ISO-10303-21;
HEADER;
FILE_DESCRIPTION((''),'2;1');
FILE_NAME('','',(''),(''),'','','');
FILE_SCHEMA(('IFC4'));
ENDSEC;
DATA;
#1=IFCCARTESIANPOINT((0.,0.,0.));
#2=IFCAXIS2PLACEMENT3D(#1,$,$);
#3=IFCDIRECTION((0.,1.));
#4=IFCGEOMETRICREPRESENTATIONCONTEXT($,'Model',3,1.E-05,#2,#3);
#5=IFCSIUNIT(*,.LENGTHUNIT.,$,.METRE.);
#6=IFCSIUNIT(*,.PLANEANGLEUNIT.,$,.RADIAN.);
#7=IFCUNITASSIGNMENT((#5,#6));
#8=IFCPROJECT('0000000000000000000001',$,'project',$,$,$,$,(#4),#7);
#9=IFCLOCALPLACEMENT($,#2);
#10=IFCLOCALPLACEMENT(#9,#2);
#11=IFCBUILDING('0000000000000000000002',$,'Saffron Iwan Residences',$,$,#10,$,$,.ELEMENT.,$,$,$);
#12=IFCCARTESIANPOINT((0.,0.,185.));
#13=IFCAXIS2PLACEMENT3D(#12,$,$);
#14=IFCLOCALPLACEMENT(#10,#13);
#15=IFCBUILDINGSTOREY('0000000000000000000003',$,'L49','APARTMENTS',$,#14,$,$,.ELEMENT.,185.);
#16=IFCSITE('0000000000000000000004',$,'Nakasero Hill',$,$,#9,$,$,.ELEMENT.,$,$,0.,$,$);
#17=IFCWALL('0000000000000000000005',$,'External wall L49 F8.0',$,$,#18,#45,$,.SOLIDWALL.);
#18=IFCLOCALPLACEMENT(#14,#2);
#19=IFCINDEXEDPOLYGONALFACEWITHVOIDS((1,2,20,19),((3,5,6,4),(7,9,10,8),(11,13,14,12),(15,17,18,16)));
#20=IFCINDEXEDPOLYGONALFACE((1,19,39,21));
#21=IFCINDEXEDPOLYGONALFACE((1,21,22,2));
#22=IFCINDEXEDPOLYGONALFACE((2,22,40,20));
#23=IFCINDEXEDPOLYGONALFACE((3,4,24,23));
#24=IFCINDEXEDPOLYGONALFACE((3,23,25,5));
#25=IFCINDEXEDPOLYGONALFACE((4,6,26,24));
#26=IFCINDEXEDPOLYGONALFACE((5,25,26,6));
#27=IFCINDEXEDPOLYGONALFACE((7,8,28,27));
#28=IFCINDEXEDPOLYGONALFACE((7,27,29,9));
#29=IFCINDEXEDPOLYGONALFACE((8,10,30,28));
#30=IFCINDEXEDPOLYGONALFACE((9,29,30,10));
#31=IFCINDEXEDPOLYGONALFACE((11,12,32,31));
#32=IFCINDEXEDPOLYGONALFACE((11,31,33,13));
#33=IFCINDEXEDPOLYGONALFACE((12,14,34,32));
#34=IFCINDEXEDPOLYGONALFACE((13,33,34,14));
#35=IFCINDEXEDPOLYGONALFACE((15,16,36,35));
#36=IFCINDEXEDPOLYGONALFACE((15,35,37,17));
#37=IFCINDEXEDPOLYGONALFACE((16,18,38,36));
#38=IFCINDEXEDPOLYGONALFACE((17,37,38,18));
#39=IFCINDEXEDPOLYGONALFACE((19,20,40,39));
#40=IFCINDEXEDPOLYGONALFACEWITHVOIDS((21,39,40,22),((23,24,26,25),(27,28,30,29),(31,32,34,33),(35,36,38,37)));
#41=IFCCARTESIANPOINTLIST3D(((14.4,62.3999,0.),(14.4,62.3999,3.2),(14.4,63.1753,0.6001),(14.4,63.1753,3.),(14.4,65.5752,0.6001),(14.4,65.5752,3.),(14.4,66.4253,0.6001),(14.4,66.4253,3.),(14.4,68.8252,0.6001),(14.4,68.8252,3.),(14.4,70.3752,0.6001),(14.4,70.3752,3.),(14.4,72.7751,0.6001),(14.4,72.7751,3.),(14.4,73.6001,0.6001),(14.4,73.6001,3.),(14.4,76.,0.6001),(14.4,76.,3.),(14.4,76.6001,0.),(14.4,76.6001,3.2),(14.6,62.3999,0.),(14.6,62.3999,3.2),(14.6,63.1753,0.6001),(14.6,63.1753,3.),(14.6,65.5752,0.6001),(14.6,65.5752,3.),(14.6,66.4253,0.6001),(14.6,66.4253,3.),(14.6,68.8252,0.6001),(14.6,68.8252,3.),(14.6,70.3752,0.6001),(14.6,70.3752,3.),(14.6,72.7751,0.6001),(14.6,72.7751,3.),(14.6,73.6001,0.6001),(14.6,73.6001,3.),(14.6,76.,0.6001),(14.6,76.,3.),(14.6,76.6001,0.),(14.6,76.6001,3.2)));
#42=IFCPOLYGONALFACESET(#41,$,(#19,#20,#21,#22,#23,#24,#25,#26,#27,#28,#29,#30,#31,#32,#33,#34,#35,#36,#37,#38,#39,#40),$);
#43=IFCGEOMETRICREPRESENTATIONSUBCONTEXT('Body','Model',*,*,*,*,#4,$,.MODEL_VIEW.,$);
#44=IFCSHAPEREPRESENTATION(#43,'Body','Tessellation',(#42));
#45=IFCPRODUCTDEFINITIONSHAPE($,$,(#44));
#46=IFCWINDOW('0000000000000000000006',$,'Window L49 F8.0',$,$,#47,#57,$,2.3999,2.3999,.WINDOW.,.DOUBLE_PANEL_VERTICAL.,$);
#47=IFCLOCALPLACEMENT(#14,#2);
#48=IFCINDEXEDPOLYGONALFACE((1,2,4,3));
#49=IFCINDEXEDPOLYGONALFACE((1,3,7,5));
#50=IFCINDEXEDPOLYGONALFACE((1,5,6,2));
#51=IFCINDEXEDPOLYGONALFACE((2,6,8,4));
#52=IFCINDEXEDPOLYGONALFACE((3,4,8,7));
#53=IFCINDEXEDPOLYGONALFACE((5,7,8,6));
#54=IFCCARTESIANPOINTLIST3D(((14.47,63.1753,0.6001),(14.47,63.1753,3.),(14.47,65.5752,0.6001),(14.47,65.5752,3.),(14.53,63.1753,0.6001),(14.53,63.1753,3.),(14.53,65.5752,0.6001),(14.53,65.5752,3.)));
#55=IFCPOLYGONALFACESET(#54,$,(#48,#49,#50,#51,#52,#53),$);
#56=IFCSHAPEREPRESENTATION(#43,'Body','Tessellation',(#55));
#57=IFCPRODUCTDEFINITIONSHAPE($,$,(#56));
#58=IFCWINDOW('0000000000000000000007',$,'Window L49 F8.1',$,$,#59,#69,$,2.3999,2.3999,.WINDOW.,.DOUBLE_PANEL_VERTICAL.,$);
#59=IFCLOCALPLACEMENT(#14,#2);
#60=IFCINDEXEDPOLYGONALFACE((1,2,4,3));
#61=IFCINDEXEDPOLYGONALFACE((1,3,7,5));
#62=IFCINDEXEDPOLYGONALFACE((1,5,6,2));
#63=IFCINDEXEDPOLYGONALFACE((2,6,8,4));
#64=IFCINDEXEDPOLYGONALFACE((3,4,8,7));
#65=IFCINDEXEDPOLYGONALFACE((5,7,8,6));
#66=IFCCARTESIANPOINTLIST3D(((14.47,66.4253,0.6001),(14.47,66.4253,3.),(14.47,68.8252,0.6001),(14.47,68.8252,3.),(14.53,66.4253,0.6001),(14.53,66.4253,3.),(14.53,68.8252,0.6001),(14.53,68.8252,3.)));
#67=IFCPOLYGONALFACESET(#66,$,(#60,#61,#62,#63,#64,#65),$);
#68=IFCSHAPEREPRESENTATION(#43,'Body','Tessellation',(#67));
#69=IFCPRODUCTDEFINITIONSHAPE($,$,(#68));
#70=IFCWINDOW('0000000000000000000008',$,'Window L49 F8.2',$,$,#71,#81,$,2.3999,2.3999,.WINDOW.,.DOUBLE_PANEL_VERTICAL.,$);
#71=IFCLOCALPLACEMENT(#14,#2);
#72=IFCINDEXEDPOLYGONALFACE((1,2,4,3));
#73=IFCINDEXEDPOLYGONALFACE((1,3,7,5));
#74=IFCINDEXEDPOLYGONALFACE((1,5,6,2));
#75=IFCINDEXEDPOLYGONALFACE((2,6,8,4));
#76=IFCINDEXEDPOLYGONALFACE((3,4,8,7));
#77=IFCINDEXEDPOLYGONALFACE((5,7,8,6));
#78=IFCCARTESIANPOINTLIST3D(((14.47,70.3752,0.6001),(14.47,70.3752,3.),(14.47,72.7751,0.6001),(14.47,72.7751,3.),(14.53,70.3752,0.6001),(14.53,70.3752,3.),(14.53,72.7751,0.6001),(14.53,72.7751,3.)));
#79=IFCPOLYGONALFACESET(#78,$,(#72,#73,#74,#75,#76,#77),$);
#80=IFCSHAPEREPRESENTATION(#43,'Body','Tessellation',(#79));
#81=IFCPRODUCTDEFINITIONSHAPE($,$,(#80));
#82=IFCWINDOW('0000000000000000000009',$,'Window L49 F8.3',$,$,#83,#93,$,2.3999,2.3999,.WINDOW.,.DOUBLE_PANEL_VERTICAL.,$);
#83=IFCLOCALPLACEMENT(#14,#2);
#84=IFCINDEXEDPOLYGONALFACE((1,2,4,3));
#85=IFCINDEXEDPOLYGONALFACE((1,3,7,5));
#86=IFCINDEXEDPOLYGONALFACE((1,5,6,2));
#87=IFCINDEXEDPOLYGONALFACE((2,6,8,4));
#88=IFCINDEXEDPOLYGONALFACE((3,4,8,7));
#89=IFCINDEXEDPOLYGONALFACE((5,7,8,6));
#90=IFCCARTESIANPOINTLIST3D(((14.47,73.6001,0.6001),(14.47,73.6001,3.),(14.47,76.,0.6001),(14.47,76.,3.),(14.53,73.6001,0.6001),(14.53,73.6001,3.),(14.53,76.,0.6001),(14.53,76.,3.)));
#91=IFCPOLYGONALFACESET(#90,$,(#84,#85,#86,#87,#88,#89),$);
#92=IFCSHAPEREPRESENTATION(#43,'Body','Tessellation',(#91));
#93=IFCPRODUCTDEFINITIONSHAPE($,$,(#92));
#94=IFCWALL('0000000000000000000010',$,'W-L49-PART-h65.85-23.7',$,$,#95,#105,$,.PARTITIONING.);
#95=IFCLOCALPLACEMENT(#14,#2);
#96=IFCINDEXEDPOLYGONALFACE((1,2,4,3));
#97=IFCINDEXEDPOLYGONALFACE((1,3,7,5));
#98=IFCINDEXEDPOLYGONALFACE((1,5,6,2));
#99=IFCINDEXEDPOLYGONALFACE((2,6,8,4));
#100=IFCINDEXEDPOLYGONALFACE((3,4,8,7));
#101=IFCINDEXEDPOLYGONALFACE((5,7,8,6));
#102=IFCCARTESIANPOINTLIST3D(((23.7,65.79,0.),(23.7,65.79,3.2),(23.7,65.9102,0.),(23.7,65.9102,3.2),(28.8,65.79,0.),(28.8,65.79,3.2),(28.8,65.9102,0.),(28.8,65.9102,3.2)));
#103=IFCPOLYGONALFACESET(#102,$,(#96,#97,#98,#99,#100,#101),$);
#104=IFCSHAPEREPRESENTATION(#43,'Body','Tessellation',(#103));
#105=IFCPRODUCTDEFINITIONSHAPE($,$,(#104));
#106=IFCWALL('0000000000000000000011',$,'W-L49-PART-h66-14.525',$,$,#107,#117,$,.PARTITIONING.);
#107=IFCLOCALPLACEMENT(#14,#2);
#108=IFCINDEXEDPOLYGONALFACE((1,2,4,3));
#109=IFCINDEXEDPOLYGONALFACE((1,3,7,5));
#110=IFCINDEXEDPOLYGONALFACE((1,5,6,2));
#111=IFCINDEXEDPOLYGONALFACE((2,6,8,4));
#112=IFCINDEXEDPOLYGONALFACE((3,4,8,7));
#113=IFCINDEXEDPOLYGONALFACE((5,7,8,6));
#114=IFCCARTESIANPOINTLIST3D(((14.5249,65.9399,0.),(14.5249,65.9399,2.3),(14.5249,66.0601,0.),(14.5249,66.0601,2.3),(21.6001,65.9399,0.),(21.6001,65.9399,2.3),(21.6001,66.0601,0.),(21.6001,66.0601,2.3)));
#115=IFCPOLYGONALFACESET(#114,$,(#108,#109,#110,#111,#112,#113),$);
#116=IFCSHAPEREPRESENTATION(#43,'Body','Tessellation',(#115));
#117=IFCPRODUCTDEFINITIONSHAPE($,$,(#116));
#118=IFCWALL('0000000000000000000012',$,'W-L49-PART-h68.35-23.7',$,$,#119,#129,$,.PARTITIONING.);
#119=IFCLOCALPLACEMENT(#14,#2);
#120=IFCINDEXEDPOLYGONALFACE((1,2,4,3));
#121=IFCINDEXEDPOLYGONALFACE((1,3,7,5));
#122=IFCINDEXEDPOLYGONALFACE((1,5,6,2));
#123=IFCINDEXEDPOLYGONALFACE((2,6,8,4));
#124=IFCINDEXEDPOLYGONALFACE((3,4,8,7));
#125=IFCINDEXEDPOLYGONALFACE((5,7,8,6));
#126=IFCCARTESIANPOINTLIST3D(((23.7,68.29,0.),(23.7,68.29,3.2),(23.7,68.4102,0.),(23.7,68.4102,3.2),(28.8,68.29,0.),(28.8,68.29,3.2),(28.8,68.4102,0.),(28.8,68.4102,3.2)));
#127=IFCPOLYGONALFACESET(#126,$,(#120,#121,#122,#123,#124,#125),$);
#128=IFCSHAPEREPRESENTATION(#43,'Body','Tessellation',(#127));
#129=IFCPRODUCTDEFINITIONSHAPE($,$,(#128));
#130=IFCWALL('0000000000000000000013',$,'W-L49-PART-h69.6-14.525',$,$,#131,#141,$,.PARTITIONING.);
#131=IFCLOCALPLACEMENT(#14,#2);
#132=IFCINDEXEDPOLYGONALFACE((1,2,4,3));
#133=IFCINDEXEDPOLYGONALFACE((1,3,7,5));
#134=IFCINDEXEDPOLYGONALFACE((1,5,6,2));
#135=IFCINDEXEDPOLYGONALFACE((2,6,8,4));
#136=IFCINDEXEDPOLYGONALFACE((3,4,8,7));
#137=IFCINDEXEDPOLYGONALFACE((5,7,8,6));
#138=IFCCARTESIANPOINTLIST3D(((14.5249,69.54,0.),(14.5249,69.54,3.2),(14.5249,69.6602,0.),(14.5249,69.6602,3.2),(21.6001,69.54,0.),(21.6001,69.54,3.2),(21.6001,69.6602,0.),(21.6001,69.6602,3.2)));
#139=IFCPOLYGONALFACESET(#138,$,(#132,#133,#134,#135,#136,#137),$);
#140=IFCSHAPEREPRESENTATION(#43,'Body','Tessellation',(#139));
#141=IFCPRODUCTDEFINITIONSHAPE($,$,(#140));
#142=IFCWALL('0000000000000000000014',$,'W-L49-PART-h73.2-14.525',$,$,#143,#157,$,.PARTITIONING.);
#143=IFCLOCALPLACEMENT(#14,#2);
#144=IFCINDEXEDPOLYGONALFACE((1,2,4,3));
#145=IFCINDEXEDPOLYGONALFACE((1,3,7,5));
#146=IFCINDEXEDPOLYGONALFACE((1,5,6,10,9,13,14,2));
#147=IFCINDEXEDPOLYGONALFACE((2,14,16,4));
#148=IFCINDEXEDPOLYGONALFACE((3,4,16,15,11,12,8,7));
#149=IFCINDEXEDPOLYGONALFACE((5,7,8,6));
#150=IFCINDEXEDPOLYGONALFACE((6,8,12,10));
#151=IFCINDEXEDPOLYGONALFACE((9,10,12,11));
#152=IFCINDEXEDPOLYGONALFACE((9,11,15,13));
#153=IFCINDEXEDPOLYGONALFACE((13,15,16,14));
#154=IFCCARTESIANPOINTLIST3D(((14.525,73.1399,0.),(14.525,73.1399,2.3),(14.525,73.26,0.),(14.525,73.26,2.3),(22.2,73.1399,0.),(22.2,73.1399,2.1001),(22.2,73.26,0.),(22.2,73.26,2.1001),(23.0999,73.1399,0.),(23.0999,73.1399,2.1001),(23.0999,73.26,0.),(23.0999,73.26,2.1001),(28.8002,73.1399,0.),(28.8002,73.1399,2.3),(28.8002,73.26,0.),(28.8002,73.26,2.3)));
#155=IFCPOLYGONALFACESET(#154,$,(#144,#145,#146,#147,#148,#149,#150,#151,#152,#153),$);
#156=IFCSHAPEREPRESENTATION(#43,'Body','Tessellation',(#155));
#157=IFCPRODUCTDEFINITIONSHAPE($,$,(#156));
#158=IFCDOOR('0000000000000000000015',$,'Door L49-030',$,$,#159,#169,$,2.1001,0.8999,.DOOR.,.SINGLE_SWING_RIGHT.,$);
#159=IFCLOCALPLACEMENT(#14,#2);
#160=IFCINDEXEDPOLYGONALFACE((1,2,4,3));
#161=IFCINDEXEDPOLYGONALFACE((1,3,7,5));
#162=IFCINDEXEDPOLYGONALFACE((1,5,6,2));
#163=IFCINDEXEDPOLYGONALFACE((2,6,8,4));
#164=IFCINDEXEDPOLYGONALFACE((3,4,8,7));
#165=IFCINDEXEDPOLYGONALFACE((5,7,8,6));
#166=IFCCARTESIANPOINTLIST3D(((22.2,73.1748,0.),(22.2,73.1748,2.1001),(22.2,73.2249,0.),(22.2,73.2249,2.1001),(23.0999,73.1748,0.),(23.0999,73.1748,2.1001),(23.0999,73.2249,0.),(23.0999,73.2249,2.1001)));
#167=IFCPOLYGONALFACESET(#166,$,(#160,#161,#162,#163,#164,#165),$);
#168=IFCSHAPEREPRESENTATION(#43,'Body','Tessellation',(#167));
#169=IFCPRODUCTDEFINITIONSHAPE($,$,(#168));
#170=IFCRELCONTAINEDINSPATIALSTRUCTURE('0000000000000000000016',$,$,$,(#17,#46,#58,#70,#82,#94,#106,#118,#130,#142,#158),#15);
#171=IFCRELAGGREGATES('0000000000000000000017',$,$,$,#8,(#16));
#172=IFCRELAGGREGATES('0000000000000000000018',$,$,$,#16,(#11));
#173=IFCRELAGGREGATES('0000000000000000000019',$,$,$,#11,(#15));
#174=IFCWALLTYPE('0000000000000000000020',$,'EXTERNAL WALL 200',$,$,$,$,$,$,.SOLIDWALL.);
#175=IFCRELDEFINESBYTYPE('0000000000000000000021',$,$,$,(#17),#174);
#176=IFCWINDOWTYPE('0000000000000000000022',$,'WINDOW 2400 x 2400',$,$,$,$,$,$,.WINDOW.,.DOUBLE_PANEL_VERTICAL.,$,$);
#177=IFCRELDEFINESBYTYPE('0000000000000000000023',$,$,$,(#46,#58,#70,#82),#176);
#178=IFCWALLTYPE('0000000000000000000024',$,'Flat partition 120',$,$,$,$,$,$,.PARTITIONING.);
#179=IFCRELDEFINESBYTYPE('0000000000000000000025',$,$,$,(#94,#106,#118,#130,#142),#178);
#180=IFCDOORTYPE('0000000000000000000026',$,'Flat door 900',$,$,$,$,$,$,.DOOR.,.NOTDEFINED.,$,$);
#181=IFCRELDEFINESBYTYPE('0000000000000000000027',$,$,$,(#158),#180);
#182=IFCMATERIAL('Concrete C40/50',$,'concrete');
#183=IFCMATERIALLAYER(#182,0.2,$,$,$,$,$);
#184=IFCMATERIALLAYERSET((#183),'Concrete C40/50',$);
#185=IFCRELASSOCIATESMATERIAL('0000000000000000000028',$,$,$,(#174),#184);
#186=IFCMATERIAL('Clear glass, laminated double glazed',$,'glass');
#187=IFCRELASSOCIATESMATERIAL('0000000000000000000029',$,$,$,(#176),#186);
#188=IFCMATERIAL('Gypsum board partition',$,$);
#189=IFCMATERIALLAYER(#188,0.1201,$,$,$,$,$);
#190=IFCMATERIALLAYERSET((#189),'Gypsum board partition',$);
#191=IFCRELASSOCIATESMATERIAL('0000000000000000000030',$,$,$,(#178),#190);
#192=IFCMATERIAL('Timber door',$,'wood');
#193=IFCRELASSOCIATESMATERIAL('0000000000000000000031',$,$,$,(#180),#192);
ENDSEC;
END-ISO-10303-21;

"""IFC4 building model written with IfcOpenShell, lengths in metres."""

from ifc_helpers import new_model, si_unit, direction, frame, frame_2d, origin, place, context, subcontext, project, spatial, rectangle, extrude, material, layer, layer_set, type_object, element, fill, save


model = new_model("IFC4")

# Units and contexts
model_context = context("Model", 3, precision=1e-05, world=origin(), true_north=direction((0.0, 1.0)))
body_context = subcontext(model_context, "Body", "Model", "MODEL_VIEW")
ifc_project = project(units=[si_unit("LENGTHUNIT", "METRE"), si_unit("PLANEANGLEUNIT", "RADIAN")], contexts=[model_context])

# Site, building, storey
site_placement = place(None, origin())
site = spatial("IfcSite", under=ifc_project, at=site_placement, Name="Nakasero Hill", CompositionType="ELEMENT", RefElevation=0.0)
building_placement = place(site_placement, origin())
building = spatial("IfcBuilding", under=site, at=building_placement, Name="Saffron Iwan Residences", CompositionType="ELEMENT")
storey_placement = place(building_placement, frame((0.0, 0.0, 185.0)))
storey = spatial("IfcBuildingStorey", under=building, at=storey_placement, Name="L49", Description="APARTMENTS", CompositionType="ELEMENT", Elevation=185.0)

# Shared definitions
ifc_material_1 = material(Name="Concrete C40/50", Category="concrete")
ifc_layer_1 = layer(ifc_material_1, 0.2)
ifc_layer_set_1 = layer_set([ifc_layer_1], Name="Concrete C40/50")
wall_type_1 = type_object("IfcWallType", Name="EXTERNAL WALL 200", PredefinedType="SOLIDWALL", material=ifc_layer_set_1)
ifc_material_2 = material(Name="Clear glass, laminated double glazed", Category="glass")
window_type_1 = type_object("IfcWindowType", Name="WINDOW 2400 x 2400", PartitioningType="DOUBLE_PANEL_VERTICAL", PredefinedType="WINDOW", material=ifc_material_2)

# Wall, openings, windows
wall_1_placement = place(storey_placement, frame((14.5, 76.6001, 0.0), z_axis=(0.0, 0.0, 1.0), x_axis=(0.0, -1.0, 0.0)))
wall_1 = element("IfcWall", 1, at=wall_1_placement, inside=storey, type_object=wall_type_1, Name="External wall L49 F8.0", PredefinedType="SOLIDWALL", context=body_context, shape_type="SweptSolid", body=[
    extrude(rectangle(XDim=14.2002, YDim=0.2, at=frame_2d((7.1001, 0.0))), origin(), (0.0, 0.0, 1.0), 3.2),
])
opening_1_placement = place(wall_1_placement, frame((11.0249, 0.0, 0.6001)))
opening_1 = element("IfcOpeningElement", 2, at=opening_1_placement, cuts=wall_1, PredefinedType="OPENING", context=body_context, shape_type="SweptSolid", body=[
    extrude(rectangle(XDim=2.3999, YDim=2.3999, at=frame_2d((1.2, 1.2))), frame((0.0, 0.1099, 0.0), z_axis=(0.0, -1.0, 0.0), x_axis=(1.0, 0.0, 0.0)), (0.0, 0.0, 1.0), 0.22),
])
opening_2_placement = place(wall_1_placement, frame((7.7749, 0.0, 0.6001)))
opening_2 = element("IfcOpeningElement", 3, at=opening_2_placement, cuts=wall_1, PredefinedType="OPENING", context=body_context, shape_type="SweptSolid", body=[
    extrude(rectangle(XDim=2.3999, YDim=2.3999, at=frame_2d((1.2, 1.2))), frame((0.0, 0.1099, 0.0), z_axis=(0.0, -1.0, 0.0), x_axis=(1.0, 0.0, 0.0)), (0.0, 0.0, 1.0), 0.22),
])
opening_3_placement = place(wall_1_placement, frame((3.825, 0.0, 0.6001)))
opening_3 = element("IfcOpeningElement", 4, at=opening_3_placement, cuts=wall_1, PredefinedType="OPENING", context=body_context, shape_type="SweptSolid", body=[
    extrude(rectangle(XDim=2.3999, YDim=2.3999, at=frame_2d((1.2, 1.2))), frame((0.0, 0.1099, 0.0), z_axis=(0.0, -1.0, 0.0), x_axis=(1.0, 0.0, 0.0)), (0.0, 0.0, 1.0), 0.22),
])
opening_4_placement = place(wall_1_placement, frame((0.6001, 0.0, 0.6001)))
opening_4 = element("IfcOpeningElement", 5, at=opening_4_placement, cuts=wall_1, PredefinedType="OPENING", context=body_context, shape_type="SweptSolid", body=[
    extrude(rectangle(XDim=2.3999, YDim=2.3999, at=frame_2d((1.2, 1.2))), frame((0.0, 0.1099, 0.0), z_axis=(0.0, -1.0, 0.0), x_axis=(1.0, 0.0, 0.0)), (0.0, 0.0, 1.0), 0.22),
])
window_1_placement = place(opening_1_placement, origin())
window_1 = element("IfcWindow", 6, at=window_1_placement, inside=storey, type_object=window_type_1, Name="Window L49 F8.0", OverallHeight=2.3999, OverallWidth=2.3999, PartitioningType="DOUBLE_PANEL_VERTICAL", PredefinedType="WINDOW", context=body_context, shape_type="SweptSolid", body=[
    extrude(rectangle(XDim=2.3999, YDim=2.3999, at=frame_2d((1.2, 1.2))), frame((0.0, 0.03, 0.0), z_axis=(0.0, -1.0, 0.0), x_axis=(1.0, 0.0, 0.0)), (0.0, 0.0, 1.0), 0.0601),
])
fill(opening_1, window_1)
window_2_placement = place(opening_2_placement, origin())
window_2 = element("IfcWindow", 7, at=window_2_placement, inside=storey, type_object=window_type_1, Name="Window L49 F8.1", OverallHeight=2.3999, OverallWidth=2.3999, PartitioningType="DOUBLE_PANEL_VERTICAL", PredefinedType="WINDOW", context=body_context, shape_type="SweptSolid", body=[
    extrude(rectangle(XDim=2.3999, YDim=2.3999, at=frame_2d((1.2, 1.2))), frame((0.0, 0.03, 0.0), z_axis=(0.0, -1.0, 0.0), x_axis=(1.0, 0.0, 0.0)), (0.0, 0.0, 1.0), 0.0601),
])
fill(opening_2, window_2)
window_3_placement = place(opening_3_placement, origin())
window_3 = element("IfcWindow", 8, at=window_3_placement, inside=storey, type_object=window_type_1, Name="Window L49 F8.2", OverallHeight=2.3999, OverallWidth=2.3999, PartitioningType="DOUBLE_PANEL_VERTICAL", PredefinedType="WINDOW", context=body_context, shape_type="SweptSolid", body=[
    extrude(rectangle(XDim=2.3999, YDim=2.3999, at=frame_2d((1.2, 1.2))), frame((0.0, 0.03, 0.0), z_axis=(0.0, -1.0, 0.0), x_axis=(1.0, 0.0, 0.0)), (0.0, 0.0, 1.0), 0.0601),
])
fill(opening_3, window_3)
window_4_placement = place(opening_4_placement, origin())
window_4 = element("IfcWindow", 9, at=window_4_placement, inside=storey, type_object=window_type_1, Name="Window L49 F8.3", OverallHeight=2.3999, OverallWidth=2.3999, PartitioningType="DOUBLE_PANEL_VERTICAL", PredefinedType="WINDOW", context=body_context, shape_type="SweptSolid", body=[
    extrude(rectangle(XDim=2.3999, YDim=2.3999, at=frame_2d((1.2, 1.2))), frame((0.0, 0.03, 0.0), z_axis=(0.0, -1.0, 0.0), x_axis=(1.0, 0.0, 0.0)), (0.0, 0.0, 1.0), 0.0601),
])
fill(opening_4, window_4)

# Walls
ifc_material_3 = material(Name="Gypsum board partition")
ifc_layer_2 = layer(ifc_material_3, 0.1201)
ifc_layer_set_2 = layer_set([ifc_layer_2], Name="Gypsum board partition")
wall_type_2 = type_object("IfcWallType", Name="Flat partition 120", PredefinedType="PARTITIONING", material=ifc_layer_set_2)
wall_2_placement = place(storey_placement, frame((23.7, 65.8501, 0.0), z_axis=(0.0, 0.0, 1.0), x_axis=(1.0, 0.0, 0.0)))
element("IfcWall", 10, at=wall_2_placement, inside=storey, type_object=wall_type_2, Name="W-L49-PART-h65.85-23.7", PredefinedType="PARTITIONING", context=body_context, shape_type="SweptSolid", body=[
    extrude(rectangle(XDim=5.1001, YDim=0.1201, at=frame_2d((2.55, 0.0))), origin(), (0.0, 0.0, 1.0), 3.2),
])
wall_3_placement = place(storey_placement, frame((14.5249, 66.0, 0.0), z_axis=(0.0, 0.0, 1.0), x_axis=(1.0, 0.0, 0.0)))
element("IfcWall", 11, at=wall_3_placement, inside=storey, type_object=wall_type_2, Name="W-L49-PART-h66-14.525", PredefinedType="PARTITIONING", context=body_context, shape_type="SweptSolid", body=[
    extrude(rectangle(XDim=7.0752, YDim=0.1201, at=frame_2d((3.5376, 0.0))), origin(), (0.0, 0.0, 1.0), 2.3),
])
wall_4_placement = place(storey_placement, frame((23.7, 68.3501, 0.0), z_axis=(0.0, 0.0, 1.0), x_axis=(1.0, 0.0, 0.0)))
element("IfcWall", 12, at=wall_4_placement, inside=storey, type_object=wall_type_2, Name="W-L49-PART-h68.35-23.7", PredefinedType="PARTITIONING", context=body_context, shape_type="SweptSolid", body=[
    extrude(rectangle(XDim=5.1001, YDim=0.1201, at=frame_2d((2.55, 0.0))), origin(), (0.0, 0.0, 1.0), 3.2),
])
wall_5_placement = place(storey_placement, frame((14.5249, 69.6001, 0.0), z_axis=(0.0, 0.0, 1.0), x_axis=(1.0, 0.0, 0.0)))
element("IfcWall", 13, at=wall_5_placement, inside=storey, type_object=wall_type_2, Name="W-L49-PART-h69.6-14.525", PredefinedType="PARTITIONING", context=body_context, shape_type="SweptSolid", body=[
    extrude(rectangle(XDim=7.0752, YDim=0.1201, at=frame_2d((3.5376, 0.0))), origin(), (0.0, 0.0, 1.0), 3.2),
])

# Wall, opening, door
wall_6_placement = place(storey_placement, frame((14.5249, 73.2, 0.0), z_axis=(0.0, 0.0, 1.0), x_axis=(1.0, 0.0, 0.0)))
wall_6 = element("IfcWall", 14, at=wall_6_placement, inside=storey, type_object=wall_type_2, Name="W-L49-PART-h73.2-14.525", PredefinedType="PARTITIONING", context=body_context, shape_type="SweptSolid", body=[
    extrude(rectangle(XDim=14.2751, YDim=0.1201, at=frame_2d((7.1377, 0.0))), origin(), (0.0, 0.0, 1.0), 2.3),
])
opening_5_placement = place(wall_6_placement, frame((7.675, 0.0, 0.0)))
opening_5 = element("IfcOpeningElement", 15, at=opening_5_placement, cuts=wall_6, PredefinedType="OPENING", context=body_context, shape_type="SweptSolid", body=[
    extrude(rectangle(XDim=0.8999, YDim=2.1001, at=frame_2d((0.45, 1.05))), frame((0.0, 0.0701, 0.0), z_axis=(0.0, -1.0, 0.0), x_axis=(1.0, 0.0, 0.0)), (0.0, 0.0, 1.0), 0.1401),
])
ifc_material_4 = material(Name="Timber door", Category="wood")
door_type = type_object("IfcDoorType", Name="Flat door 900", OperationType="NOTDEFINED", PredefinedType="DOOR", material=ifc_material_4)
door_placement = place(opening_5_placement, origin())
door = element("IfcDoor", 16, at=door_placement, inside=storey, type_object=door_type, Name="Door L49-030", OperationType="SINGLE_SWING_RIGHT", OverallHeight=2.1001, OverallWidth=0.8999, PredefinedType="DOOR", context=body_context, shape_type="SweptSolid", body=[
    extrude(rectangle(XDim=0.8999, YDim=2.1001, at=frame_2d((0.45, 1.05))), frame((0.0, 0.0249, 0.0), z_axis=(0.0, -1.0, 0.0), x_axis=(1.0, 0.0, 0.0)), (0.0, 0.0, 1.0), 0.05),
])
fill(opening_5, door)

save(model, "model.ifc")
